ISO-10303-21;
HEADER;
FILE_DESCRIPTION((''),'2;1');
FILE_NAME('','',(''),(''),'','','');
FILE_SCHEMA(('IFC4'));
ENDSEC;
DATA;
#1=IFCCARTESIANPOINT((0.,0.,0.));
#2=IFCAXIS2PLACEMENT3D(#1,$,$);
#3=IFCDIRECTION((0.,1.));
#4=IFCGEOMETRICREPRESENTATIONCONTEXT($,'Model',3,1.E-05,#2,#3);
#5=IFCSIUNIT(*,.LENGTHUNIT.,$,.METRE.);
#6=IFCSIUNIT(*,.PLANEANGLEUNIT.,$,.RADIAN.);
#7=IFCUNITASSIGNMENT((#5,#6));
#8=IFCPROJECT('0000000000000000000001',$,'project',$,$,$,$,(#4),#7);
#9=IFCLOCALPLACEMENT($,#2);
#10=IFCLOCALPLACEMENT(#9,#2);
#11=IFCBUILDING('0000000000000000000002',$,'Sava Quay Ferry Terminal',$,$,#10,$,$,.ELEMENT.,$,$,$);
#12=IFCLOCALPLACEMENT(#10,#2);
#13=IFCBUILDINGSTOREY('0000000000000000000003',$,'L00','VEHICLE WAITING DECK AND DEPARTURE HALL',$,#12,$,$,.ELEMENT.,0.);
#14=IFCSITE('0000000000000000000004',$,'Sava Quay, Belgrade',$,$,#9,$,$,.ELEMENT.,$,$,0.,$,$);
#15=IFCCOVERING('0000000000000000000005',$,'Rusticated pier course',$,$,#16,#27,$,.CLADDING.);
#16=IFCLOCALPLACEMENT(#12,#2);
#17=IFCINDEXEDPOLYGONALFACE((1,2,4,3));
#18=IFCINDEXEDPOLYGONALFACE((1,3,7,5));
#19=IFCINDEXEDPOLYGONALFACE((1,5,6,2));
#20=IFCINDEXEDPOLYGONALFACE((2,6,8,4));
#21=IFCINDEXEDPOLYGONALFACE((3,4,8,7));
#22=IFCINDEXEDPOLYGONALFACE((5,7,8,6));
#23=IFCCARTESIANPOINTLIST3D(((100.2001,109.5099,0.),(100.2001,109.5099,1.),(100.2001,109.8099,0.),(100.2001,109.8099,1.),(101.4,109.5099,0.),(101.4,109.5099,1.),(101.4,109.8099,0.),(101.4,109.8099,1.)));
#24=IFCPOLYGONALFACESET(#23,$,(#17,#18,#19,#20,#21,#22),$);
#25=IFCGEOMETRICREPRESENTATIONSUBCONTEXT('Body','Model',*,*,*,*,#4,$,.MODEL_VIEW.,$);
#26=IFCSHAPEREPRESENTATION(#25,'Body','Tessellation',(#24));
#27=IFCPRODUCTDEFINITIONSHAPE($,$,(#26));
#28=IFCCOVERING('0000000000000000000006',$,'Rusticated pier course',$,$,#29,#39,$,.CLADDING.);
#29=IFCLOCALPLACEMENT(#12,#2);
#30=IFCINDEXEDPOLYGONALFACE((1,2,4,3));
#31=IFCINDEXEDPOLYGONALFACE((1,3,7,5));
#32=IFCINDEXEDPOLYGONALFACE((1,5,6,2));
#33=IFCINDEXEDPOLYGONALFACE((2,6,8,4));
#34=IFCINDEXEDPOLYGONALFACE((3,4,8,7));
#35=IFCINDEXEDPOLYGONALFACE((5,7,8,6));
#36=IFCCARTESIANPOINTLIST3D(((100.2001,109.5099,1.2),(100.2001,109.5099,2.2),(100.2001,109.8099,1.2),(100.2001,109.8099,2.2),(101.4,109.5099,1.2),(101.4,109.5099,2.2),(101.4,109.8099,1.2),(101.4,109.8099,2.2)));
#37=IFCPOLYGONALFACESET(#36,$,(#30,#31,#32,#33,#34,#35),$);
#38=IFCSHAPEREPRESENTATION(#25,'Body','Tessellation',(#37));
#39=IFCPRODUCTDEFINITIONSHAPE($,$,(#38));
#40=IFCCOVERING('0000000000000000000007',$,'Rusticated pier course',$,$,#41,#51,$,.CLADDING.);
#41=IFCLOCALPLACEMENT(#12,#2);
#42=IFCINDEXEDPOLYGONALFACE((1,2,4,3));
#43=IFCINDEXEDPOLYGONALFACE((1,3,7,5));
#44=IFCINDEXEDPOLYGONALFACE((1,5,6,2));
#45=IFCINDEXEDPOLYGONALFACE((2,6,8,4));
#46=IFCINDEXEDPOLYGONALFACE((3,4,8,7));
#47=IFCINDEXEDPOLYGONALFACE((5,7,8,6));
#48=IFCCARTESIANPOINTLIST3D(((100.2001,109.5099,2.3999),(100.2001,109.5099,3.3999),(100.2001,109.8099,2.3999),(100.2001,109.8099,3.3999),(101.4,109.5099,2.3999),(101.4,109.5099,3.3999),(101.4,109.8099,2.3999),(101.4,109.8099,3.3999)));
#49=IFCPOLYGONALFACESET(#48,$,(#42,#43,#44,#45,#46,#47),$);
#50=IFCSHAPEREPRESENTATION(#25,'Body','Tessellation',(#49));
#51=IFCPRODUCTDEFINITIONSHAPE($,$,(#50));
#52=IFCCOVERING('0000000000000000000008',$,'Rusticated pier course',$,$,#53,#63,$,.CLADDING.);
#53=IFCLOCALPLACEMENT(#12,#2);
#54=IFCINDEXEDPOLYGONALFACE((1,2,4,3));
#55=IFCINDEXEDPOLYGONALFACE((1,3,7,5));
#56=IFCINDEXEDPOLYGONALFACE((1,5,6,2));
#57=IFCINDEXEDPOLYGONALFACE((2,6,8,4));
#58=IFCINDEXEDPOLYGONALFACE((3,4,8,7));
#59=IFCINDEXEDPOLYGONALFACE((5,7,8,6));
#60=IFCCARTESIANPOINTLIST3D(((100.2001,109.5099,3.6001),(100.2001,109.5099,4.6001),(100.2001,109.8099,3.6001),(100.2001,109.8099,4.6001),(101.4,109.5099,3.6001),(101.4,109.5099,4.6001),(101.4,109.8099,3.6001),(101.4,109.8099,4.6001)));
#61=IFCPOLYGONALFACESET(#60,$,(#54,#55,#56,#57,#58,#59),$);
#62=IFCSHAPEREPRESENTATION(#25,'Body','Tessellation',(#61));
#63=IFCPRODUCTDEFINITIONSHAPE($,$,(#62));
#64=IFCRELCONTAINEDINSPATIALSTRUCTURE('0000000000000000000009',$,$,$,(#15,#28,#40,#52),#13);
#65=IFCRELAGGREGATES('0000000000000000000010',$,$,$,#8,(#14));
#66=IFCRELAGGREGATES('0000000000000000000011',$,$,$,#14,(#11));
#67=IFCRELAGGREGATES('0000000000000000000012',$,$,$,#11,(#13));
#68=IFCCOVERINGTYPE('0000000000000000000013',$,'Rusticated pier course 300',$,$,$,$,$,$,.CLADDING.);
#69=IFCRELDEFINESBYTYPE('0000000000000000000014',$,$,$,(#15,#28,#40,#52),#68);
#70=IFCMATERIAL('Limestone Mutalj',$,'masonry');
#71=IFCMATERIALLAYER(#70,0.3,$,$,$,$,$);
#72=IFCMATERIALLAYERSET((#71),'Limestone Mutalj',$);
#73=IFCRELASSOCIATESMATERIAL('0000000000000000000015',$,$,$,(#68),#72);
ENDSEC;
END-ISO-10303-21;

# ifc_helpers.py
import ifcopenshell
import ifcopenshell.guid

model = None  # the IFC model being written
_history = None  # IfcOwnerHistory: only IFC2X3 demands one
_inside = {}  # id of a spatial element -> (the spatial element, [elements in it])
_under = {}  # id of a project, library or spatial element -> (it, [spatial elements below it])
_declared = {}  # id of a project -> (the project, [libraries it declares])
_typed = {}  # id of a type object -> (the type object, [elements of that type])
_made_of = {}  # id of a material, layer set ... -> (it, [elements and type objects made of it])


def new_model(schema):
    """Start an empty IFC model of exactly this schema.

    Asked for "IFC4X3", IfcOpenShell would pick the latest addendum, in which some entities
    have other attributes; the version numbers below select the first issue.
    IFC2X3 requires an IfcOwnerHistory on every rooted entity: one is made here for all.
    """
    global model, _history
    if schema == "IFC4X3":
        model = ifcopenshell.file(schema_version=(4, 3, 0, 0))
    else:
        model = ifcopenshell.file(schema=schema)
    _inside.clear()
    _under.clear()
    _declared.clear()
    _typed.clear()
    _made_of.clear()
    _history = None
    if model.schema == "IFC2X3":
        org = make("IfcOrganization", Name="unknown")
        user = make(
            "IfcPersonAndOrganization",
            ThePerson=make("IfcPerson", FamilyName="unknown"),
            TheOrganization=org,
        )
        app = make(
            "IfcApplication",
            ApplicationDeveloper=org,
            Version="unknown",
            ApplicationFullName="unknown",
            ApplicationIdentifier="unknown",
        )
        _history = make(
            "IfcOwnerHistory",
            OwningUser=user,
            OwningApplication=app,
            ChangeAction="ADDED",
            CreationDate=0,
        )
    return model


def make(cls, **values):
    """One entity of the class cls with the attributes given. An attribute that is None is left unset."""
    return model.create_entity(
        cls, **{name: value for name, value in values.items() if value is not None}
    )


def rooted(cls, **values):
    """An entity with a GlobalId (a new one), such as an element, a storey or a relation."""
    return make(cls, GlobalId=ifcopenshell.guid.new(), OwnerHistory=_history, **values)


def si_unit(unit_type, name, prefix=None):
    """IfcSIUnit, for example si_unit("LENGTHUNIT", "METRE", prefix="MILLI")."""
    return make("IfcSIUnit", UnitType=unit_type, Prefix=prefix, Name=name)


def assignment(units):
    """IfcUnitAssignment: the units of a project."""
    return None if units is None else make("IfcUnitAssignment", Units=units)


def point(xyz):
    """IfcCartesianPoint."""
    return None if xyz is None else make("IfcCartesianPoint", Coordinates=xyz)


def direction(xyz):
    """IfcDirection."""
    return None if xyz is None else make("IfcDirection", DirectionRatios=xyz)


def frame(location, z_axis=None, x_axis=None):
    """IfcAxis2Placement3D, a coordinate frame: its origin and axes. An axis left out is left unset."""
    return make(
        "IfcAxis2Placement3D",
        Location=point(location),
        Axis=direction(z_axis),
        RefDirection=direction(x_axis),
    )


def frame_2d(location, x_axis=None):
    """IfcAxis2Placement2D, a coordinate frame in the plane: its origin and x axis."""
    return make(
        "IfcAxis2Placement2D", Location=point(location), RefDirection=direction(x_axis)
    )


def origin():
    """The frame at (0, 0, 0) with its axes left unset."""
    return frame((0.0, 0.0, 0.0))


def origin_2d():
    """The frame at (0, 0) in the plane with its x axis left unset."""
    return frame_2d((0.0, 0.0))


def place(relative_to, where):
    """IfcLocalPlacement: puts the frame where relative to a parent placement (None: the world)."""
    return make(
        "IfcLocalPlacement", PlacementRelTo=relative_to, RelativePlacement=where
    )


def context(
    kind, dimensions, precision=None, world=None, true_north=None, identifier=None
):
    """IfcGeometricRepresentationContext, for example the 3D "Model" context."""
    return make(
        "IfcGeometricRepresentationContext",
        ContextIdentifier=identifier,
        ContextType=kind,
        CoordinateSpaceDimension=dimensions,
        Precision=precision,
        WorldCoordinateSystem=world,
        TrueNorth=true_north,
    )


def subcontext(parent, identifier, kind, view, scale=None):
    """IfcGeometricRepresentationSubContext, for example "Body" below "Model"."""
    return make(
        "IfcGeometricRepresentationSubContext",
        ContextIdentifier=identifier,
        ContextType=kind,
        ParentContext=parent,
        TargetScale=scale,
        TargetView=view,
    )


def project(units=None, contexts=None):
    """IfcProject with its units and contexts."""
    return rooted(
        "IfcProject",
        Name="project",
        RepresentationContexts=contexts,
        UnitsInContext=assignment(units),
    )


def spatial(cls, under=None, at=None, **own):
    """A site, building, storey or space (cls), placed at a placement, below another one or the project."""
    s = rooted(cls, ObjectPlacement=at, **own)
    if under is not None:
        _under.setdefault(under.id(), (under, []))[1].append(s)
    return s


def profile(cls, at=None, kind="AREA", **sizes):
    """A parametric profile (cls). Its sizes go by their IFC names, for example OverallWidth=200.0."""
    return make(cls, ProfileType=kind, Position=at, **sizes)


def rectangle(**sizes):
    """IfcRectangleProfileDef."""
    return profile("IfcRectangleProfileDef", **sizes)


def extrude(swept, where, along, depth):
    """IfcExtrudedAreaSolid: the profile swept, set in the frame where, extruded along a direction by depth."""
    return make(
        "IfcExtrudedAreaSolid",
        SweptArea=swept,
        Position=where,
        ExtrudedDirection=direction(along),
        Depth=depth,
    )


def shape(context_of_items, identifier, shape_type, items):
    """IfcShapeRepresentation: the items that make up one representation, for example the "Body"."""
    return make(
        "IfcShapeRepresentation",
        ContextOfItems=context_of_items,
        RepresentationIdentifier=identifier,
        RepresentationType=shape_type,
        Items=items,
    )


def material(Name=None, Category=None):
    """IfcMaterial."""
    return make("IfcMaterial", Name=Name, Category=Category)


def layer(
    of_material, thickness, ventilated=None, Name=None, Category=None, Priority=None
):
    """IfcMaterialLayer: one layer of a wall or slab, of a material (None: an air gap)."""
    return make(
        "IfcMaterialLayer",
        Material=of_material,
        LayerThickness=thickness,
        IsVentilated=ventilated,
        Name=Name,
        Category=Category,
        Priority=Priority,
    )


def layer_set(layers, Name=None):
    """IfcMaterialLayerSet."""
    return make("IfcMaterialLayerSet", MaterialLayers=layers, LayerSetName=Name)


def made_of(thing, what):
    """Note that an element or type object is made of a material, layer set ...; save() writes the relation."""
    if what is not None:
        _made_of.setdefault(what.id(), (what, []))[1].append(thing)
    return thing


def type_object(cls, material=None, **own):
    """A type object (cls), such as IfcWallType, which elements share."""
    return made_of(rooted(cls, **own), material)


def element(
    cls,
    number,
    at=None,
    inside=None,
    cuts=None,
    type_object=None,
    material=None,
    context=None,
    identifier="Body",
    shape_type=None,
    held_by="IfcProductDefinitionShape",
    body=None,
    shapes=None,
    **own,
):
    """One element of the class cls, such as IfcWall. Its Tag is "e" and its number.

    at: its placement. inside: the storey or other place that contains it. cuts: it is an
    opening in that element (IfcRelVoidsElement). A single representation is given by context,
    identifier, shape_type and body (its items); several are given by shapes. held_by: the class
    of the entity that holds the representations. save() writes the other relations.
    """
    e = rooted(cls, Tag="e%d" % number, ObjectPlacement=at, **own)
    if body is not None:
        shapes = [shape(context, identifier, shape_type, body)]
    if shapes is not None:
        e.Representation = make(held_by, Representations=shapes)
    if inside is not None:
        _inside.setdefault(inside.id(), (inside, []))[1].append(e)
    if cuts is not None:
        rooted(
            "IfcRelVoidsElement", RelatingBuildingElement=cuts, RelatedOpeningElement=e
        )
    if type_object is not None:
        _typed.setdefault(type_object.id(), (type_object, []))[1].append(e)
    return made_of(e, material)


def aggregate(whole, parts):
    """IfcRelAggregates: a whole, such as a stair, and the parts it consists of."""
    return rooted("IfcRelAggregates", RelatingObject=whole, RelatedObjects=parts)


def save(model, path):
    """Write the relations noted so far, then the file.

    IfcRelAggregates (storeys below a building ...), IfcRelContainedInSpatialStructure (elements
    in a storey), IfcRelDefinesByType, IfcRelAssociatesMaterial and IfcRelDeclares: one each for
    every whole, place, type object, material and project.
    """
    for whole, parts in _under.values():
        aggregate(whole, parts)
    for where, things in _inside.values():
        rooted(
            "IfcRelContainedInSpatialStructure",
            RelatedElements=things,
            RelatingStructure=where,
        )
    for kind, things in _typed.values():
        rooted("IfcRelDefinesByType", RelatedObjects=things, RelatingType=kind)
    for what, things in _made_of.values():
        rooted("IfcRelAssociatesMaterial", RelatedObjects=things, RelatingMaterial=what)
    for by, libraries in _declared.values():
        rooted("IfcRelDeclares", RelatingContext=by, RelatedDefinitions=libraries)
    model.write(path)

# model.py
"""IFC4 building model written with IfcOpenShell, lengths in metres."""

from ifc_helpers import new_model, si_unit, direction, frame, origin, origin_2d, place, context, subcontext, project, spatial, rectangle, extrude, material, layer, layer_set, type_object, element, save


model = new_model("IFC4")

# Units and contexts
model_context = context("Model", 3, precision=1e-05, world=origin(), true_north=direction((0.0, 1.0)))
body_context = subcontext(model_context, "Body", "Model", "MODEL_VIEW")
ifc_project = project(units=[si_unit("LENGTHUNIT", "METRE"), si_unit("PLANEANGLEUNIT", "RADIAN")], contexts=[model_context])

# Site, building, storey
site_placement = place(None, origin())
site = spatial("IfcSite", under=ifc_project, at=site_placement, Name="Sava Quay, Belgrade", CompositionType="ELEMENT", RefElevation=0.0)
building_placement = place(site_placement, origin())
building = spatial("IfcBuilding", under=site, at=building_placement, Name="Sava Quay Ferry Terminal", CompositionType="ELEMENT")
storey_placement = place(building_placement, origin())
storey = spatial("IfcBuildingStorey", under=building, at=storey_placement, Name="L00", Description="VEHICLE WAITING DECK AND DEPARTURE HALL", CompositionType="ELEMENT", Elevation=0.0)

# Coverings
ifc_material_1 = material(Name="Limestone Mutalj", Category="masonry")
ifc_layer_1 = layer(ifc_material_1, 0.3)
ifc_layer_set_1 = layer_set([ifc_layer_1], Name="Limestone Mutalj")
covering_type_1 = type_object("IfcCoveringType", Name="Rusticated pier course 300", PredefinedType="CLADDING", material=ifc_layer_set_1)
for number, where, z_axis, x_axis, name in (
    (1, (100.8, 109.6599, 0.0), (0.0, 0.0, 1.0), (1.0, 0.0, 0.0), "Rusticated pier course"),
    (2, (100.8, 109.6599, 1.2), (0.0, 0.0, 1.0), (1.0, 0.0, 0.0), "Rusticated pier course"),
    (3, (100.8, 109.6599, 2.3999), (0.0, 0.0, 1.0), (1.0, 0.0, 0.0), "Rusticated pier course"),
    (4, (100.8, 109.6599, 3.6001), (0.0, 0.0, 1.0), (1.0, 0.0, 0.0), "Rusticated pier course"),
):
    element("IfcCovering", number, at=place(storey_placement, frame(where, z_axis=z_axis, x_axis=x_axis)), inside=storey, type_object=covering_type_1, Name=name, PredefinedType="CLADDING", context=body_context, shape_type="SweptSolid", body=[
        extrude(rectangle(XDim=1.2, YDim=0.3, at=origin_2d()), origin(), (0.0, 0.0, 1.0), 1.0),
    ])

save(model, "model.ifc")
